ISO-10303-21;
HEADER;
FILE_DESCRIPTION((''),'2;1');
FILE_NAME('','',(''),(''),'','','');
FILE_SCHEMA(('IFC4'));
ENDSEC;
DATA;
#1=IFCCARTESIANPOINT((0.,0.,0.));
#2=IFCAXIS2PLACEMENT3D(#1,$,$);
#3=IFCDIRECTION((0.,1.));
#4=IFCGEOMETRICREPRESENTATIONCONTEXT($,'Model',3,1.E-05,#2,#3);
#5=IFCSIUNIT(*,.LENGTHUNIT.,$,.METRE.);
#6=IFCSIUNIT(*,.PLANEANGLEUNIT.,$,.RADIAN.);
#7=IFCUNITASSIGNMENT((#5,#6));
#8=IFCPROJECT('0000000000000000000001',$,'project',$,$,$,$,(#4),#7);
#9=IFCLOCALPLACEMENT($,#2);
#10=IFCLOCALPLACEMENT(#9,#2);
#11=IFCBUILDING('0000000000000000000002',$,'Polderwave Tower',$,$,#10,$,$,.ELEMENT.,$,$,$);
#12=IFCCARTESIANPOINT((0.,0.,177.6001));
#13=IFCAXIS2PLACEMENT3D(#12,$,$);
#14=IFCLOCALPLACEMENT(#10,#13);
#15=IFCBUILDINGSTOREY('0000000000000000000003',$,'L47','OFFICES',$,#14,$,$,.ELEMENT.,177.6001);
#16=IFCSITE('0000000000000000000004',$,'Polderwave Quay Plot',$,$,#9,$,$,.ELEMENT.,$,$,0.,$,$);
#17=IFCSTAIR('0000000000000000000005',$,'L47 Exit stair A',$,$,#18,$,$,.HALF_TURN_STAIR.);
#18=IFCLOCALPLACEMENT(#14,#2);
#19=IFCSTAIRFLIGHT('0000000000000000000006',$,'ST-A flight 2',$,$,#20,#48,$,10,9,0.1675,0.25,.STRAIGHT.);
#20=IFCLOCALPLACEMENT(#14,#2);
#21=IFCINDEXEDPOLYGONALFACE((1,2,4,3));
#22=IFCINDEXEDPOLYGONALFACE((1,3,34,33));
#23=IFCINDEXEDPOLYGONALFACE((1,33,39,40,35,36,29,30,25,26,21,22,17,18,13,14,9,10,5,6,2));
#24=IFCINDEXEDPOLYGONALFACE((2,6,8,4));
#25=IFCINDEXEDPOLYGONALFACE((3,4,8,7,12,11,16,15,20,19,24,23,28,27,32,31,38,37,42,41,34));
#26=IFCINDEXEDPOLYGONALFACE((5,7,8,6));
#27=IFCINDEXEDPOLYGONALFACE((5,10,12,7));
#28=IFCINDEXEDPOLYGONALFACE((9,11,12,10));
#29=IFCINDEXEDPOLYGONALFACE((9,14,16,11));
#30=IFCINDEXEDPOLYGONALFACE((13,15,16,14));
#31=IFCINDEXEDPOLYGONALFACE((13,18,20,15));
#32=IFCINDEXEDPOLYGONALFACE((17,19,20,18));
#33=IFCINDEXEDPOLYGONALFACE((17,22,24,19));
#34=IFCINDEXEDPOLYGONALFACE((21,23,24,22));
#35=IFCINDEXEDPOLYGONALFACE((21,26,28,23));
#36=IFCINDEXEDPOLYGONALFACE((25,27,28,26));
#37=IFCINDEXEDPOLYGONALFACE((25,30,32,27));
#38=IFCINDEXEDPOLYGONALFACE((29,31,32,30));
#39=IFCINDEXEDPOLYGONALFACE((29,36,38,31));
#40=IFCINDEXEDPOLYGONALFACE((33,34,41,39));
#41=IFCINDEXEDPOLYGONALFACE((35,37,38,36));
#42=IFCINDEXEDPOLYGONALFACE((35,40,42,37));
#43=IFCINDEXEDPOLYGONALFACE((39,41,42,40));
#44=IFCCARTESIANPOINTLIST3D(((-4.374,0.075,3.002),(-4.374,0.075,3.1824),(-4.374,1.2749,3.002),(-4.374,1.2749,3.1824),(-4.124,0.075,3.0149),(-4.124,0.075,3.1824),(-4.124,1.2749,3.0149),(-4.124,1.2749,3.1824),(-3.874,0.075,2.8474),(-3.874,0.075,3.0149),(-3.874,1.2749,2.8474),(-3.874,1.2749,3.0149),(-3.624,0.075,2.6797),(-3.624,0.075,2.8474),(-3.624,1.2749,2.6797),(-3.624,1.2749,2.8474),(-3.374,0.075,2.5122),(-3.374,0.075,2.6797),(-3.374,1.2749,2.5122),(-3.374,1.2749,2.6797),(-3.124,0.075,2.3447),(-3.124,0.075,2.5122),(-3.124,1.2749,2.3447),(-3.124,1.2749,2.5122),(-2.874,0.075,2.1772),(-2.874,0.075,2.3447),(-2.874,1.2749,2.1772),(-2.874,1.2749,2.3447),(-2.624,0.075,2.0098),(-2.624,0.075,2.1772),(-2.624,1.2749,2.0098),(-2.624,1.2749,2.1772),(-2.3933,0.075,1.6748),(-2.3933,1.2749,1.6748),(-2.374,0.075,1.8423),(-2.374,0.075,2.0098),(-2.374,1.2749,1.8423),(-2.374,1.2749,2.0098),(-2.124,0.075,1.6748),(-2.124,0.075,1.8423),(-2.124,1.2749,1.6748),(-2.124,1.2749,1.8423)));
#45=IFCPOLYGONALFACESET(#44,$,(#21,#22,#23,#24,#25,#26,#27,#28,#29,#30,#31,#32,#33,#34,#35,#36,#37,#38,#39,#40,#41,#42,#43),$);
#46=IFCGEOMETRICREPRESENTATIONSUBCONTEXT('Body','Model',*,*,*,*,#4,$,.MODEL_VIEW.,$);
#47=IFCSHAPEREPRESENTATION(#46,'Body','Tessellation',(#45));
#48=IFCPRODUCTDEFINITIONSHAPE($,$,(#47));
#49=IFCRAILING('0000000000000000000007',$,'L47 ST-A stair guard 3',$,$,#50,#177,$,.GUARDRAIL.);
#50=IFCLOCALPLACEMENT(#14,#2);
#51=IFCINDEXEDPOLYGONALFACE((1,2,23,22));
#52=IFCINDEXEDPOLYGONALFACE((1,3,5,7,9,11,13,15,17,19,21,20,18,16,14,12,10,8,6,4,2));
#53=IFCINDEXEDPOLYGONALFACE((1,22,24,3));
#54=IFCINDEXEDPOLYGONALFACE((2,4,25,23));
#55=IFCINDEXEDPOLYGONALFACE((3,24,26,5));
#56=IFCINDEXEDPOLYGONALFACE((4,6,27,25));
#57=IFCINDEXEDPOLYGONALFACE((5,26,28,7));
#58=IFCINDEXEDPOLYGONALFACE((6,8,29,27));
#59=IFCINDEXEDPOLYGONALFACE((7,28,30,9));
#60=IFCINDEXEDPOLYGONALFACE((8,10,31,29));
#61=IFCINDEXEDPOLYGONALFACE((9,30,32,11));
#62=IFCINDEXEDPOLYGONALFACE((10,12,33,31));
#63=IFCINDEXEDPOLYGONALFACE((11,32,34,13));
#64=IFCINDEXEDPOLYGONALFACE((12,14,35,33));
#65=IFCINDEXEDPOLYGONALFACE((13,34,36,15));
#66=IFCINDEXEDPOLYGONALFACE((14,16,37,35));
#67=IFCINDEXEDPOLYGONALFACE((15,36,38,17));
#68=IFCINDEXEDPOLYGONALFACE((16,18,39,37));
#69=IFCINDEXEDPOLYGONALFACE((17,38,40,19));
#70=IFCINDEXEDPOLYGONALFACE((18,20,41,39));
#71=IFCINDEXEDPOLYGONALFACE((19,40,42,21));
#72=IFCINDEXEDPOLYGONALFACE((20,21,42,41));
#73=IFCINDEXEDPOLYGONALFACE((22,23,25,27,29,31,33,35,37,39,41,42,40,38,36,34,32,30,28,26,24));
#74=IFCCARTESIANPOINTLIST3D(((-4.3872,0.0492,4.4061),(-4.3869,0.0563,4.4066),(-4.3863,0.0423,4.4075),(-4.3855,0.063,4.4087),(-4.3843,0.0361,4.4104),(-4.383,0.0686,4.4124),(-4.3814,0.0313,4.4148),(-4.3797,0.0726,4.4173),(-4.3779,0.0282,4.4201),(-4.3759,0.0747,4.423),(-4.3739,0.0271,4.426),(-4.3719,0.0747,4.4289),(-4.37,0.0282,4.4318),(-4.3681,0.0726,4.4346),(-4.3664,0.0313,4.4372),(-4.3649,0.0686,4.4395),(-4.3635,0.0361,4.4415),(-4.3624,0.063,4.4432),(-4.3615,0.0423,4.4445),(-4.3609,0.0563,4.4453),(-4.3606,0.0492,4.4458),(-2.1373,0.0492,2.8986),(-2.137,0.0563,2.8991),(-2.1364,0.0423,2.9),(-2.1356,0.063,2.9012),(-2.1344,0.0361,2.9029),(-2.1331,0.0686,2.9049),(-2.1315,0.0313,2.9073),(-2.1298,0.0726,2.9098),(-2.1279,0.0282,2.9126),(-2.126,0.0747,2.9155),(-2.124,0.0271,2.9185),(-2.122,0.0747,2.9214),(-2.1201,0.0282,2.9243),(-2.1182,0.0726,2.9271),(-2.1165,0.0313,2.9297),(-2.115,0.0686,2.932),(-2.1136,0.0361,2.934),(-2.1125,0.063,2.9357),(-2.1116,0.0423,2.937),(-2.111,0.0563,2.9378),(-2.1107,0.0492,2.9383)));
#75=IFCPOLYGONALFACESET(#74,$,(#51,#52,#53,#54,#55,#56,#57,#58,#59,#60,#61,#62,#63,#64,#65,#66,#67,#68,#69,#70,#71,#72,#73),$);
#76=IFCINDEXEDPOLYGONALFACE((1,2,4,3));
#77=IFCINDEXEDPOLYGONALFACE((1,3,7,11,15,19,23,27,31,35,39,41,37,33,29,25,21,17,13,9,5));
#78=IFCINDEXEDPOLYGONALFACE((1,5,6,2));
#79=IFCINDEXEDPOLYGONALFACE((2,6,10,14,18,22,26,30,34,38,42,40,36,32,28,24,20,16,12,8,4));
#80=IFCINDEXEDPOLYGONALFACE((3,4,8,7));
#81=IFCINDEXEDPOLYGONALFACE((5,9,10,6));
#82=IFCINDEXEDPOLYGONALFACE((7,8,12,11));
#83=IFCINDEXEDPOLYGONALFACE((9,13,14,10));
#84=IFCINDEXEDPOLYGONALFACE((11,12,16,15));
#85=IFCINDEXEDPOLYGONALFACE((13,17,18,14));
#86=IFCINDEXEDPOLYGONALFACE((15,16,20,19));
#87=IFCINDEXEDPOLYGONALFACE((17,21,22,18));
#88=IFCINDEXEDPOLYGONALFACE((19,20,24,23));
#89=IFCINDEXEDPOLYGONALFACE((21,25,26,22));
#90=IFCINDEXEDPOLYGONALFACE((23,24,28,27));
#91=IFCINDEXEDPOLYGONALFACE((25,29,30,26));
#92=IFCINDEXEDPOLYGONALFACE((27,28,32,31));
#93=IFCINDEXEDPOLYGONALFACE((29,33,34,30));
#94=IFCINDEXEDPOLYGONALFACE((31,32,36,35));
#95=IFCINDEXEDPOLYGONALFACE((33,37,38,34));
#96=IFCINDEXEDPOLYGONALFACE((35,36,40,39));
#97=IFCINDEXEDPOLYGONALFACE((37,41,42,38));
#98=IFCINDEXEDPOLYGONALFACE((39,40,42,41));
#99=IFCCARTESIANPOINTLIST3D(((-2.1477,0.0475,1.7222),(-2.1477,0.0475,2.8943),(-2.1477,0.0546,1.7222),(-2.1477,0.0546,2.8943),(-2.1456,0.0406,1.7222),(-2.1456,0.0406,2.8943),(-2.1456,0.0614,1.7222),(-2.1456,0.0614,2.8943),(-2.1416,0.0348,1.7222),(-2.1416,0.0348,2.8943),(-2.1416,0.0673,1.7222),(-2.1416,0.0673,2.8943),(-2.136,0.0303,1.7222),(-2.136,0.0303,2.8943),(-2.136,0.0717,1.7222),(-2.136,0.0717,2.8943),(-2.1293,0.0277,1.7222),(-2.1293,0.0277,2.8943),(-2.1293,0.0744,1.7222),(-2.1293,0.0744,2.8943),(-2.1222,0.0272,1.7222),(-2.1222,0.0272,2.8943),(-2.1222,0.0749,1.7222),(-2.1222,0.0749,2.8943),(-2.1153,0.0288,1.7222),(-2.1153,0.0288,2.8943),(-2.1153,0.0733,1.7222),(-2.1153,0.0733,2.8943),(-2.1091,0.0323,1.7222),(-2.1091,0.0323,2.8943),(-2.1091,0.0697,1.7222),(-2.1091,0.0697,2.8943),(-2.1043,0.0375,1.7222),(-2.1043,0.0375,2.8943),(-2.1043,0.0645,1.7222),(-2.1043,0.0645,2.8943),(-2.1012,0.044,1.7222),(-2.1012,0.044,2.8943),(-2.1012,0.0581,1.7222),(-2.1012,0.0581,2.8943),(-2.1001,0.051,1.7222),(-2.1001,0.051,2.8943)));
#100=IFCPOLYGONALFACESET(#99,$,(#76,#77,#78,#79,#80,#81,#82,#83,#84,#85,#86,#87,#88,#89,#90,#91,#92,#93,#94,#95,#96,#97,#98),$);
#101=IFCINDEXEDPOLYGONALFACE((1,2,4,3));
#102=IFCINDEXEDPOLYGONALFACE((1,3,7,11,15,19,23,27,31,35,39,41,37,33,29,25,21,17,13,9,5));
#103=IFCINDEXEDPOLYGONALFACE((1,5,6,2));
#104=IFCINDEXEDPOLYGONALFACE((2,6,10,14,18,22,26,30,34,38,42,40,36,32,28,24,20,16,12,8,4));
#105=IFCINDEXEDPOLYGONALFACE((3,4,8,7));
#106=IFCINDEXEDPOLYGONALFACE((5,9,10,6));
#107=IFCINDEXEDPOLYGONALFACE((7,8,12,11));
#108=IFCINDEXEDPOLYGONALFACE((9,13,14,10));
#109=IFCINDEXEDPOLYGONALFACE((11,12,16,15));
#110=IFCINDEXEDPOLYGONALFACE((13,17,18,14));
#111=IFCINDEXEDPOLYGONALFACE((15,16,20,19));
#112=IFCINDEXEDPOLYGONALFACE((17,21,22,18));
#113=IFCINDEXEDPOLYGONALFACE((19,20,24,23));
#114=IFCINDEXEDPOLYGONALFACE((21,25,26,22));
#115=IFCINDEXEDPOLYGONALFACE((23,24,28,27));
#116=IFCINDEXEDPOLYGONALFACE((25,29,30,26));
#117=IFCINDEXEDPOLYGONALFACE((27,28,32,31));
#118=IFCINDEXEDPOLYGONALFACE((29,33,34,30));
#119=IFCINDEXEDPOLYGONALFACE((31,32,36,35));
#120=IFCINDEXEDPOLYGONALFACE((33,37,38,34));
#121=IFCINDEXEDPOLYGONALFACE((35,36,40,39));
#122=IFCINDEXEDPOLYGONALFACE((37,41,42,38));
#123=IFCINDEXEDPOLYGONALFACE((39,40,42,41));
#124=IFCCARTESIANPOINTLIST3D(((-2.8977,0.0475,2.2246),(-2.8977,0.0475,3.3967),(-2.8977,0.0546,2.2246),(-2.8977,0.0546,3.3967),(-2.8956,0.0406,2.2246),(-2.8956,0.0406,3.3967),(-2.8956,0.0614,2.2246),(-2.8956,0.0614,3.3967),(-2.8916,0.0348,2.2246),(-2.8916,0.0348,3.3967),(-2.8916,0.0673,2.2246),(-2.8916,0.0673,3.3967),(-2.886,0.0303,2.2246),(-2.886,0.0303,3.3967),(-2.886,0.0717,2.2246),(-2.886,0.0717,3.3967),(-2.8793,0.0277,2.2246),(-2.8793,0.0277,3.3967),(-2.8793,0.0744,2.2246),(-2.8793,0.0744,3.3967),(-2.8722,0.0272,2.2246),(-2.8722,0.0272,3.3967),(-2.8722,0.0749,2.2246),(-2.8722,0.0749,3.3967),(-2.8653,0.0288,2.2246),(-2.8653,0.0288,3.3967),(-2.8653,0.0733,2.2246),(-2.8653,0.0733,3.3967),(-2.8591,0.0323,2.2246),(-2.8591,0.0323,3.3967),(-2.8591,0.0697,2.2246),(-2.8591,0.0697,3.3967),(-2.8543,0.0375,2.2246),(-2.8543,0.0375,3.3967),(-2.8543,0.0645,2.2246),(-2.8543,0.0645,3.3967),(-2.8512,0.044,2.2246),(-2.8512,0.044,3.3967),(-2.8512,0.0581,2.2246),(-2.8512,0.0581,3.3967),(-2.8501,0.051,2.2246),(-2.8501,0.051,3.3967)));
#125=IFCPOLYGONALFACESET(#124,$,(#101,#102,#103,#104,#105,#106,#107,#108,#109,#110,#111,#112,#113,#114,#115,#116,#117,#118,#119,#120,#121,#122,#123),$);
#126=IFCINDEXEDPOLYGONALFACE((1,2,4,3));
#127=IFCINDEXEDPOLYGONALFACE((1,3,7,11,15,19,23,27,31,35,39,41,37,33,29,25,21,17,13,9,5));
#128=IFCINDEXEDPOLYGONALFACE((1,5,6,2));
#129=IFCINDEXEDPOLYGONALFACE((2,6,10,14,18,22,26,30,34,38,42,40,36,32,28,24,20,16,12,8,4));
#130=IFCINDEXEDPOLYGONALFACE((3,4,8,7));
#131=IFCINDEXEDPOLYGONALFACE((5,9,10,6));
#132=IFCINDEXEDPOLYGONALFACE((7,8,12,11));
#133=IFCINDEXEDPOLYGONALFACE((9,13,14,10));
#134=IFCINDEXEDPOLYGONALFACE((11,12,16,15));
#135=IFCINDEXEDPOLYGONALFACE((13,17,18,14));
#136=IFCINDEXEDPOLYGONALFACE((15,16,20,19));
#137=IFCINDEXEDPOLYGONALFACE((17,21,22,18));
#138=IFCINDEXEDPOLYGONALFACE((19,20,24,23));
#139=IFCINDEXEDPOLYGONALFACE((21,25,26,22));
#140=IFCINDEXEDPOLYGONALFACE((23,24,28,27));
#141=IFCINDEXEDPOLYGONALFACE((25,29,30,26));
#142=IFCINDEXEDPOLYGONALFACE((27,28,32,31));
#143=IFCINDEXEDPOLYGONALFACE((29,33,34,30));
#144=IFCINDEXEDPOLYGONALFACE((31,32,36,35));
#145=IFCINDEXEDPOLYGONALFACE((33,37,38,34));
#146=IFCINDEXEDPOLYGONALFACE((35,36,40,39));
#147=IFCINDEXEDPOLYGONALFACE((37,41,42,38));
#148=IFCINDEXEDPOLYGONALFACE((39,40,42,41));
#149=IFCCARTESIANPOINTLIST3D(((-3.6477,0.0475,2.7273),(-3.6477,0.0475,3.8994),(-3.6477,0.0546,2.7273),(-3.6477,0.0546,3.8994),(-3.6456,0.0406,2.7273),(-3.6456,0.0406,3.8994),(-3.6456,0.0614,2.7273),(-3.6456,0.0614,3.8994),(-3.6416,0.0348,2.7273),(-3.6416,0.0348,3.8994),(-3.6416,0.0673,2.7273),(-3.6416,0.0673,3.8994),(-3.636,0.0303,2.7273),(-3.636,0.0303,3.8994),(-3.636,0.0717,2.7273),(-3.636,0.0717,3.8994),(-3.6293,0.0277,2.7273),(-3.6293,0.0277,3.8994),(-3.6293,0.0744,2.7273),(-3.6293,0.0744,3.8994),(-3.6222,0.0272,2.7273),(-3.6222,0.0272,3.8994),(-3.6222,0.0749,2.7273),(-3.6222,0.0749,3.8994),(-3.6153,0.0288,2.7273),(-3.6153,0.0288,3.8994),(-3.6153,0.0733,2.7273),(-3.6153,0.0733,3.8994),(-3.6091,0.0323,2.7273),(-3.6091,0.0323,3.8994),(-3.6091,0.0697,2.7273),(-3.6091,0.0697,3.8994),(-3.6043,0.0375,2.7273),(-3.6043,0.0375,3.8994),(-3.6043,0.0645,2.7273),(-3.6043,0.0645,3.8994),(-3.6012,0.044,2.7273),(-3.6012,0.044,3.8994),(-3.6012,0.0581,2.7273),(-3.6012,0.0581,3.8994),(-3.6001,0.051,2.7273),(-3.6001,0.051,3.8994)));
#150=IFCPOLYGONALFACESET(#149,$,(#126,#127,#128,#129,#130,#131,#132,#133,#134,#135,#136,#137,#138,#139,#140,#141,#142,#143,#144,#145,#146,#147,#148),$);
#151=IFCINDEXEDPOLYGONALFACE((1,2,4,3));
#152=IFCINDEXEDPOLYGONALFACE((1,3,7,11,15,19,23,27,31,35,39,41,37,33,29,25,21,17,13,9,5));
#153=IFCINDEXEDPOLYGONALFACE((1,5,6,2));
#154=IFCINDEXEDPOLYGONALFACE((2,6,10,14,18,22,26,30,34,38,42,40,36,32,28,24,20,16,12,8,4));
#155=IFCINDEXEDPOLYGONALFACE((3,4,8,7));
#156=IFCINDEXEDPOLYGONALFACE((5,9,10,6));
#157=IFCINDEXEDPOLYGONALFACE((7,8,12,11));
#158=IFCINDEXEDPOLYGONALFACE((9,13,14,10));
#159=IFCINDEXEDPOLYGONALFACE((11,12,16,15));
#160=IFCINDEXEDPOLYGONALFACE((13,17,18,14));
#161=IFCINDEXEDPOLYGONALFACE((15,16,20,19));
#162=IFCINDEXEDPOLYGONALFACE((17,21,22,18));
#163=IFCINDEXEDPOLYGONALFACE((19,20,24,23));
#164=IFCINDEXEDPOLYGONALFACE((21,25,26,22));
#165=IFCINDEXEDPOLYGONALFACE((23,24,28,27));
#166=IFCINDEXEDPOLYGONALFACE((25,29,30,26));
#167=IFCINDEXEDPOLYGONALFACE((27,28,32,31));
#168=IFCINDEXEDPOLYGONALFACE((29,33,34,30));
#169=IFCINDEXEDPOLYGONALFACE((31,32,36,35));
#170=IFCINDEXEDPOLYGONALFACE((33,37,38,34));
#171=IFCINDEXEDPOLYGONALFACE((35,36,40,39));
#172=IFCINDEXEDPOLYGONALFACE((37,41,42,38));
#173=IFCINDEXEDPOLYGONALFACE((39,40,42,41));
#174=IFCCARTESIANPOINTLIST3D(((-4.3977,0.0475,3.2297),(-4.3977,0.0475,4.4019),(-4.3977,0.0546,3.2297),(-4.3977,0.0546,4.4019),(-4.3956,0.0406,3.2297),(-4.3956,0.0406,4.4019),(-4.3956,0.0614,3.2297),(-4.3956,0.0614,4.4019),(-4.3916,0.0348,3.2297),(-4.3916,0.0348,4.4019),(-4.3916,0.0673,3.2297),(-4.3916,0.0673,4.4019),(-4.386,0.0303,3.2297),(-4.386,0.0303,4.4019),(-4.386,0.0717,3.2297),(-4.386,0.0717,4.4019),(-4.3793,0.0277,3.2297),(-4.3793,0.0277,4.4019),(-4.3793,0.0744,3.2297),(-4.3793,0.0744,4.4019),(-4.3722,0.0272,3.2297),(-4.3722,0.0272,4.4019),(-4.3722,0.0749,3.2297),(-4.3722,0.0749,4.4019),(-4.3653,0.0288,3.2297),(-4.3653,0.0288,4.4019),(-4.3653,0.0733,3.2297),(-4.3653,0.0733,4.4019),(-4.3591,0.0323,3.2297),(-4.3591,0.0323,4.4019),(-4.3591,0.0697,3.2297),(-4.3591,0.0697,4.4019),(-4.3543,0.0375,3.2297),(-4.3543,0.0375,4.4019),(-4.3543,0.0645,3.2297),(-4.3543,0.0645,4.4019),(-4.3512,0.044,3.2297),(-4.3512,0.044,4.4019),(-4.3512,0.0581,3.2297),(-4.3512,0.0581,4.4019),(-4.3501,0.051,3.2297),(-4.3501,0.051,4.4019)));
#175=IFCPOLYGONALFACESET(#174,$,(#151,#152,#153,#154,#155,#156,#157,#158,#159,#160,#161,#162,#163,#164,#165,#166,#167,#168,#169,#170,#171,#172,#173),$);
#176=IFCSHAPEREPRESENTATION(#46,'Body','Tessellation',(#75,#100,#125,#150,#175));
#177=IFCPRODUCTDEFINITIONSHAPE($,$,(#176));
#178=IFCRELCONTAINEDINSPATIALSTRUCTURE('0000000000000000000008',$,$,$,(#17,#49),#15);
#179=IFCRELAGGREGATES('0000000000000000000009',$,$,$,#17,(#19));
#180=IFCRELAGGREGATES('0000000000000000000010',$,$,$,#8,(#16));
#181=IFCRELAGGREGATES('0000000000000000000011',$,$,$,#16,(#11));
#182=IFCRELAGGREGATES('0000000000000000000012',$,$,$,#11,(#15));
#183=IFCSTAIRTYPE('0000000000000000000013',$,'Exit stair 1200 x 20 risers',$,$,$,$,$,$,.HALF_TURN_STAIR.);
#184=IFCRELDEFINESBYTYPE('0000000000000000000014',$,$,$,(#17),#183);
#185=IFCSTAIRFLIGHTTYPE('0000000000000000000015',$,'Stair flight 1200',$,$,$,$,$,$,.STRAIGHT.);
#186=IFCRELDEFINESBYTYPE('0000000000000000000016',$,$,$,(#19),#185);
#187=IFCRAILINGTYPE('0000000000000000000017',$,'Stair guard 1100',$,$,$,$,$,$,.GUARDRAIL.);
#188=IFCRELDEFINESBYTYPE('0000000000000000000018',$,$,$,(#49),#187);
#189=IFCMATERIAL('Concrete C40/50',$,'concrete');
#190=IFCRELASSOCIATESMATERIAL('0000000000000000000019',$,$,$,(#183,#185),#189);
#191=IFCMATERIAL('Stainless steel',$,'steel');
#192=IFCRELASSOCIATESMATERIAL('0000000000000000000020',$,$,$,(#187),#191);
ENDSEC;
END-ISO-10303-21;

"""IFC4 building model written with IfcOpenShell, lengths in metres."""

from ifc_helpers import new_model, si_unit, direction, frame, origin, origin_2d, place, context, subcontext, project, spatial, polyline, circle, outline, extrude, material, type_object, element, aggregate, save


model = new_model("IFC4")

# Units and contexts
model_context = context("Model", 3, precision=1e-05, world=origin(), true_north=direction((0.0, 1.0)))
body_context = subcontext(model_context, "Body", "Model", "MODEL_VIEW")
ifc_project = project(units=[si_unit("LENGTHUNIT", "METRE"), si_unit("PLANEANGLEUNIT", "RADIAN")], contexts=[model_context])

# Site, building, storey
site_placement = place(None, origin())
site = spatial("IfcSite", under=ifc_project, at=site_placement, Name="Polderwave Quay Plot", CompositionType="ELEMENT", RefElevation=0.0)
building_placement = place(site_placement, origin())
building = spatial("IfcBuilding", under=site, at=building_placement, Name="Polderwave Tower", CompositionType="ELEMENT")
storey_placement = place(building_placement, frame((0.0, 0.0, 177.6001)))
storey = spatial("IfcBuildingStorey", under=building, at=storey_placement, Name="L47", Description="OFFICES", CompositionType="ELEMENT", Elevation=177.6001)

# Shared definitions
ifc_material_1 = material(Name="Concrete C40/50", Category="concrete")

# Stair
stair_type = type_object("IfcStairType", Name="Exit stair 1200 x 20 risers", PredefinedType="HALF_TURN_STAIR", material=ifc_material_1)
stair_1_placement = place(storey_placement, origin())
stair_1 = element("IfcStair", 1, at=stair_1_placement, inside=storey, type_object=stair_type, Name="L47 Exit stair A", PredefinedType="HALF_TURN_STAIR")

# Shared definitions
ifc_material_2 = material(Name="Stainless steel", Category="steel")

# Stair flight
stair_flight_type = type_object("IfcStairFlightType", Name="Stair flight 1200", PredefinedType="STRAIGHT", material=ifc_material_1)
stair_flight_placement = place(storey_placement, frame((-2.124, 0.675, 1.6748), z_axis=(0.0, 0.0, 1.0), x_axis=(-1.0, 0.0, 0.0)))
stair_flight = element("IfcStairFlight", 2, at=stair_flight_placement, type_object=stair_flight_type, Name="ST-A flight 2", NumberOfRisers=10, NumberOfTreads=9, PredefinedType="STRAIGHT", RiserHeight=0.1675, TreadLength=0.25, context=body_context, shape_type="SweptSolid", body=[
    extrude(outline(polyline([(0.0, 0.0), (0.0, 0.1675), (0.25, 0.1675), (0.25, 0.335), (0.5, 0.335), (0.5, 0.5024), (0.75, 0.5024), (0.75, 0.6699), (1.0, 0.6699), (1.0, 0.8374), (1.25, 0.8374), (1.25, 1.0049), (1.5, 1.0049), (1.5, 1.1726), (1.75, 1.1726), (1.75, 1.3401), (2.0, 1.3401), (2.0, 1.5076), (2.25, 1.5076), (2.25, 1.675), (2.25, 1.3271), (0.2693, 0.0), (0.0, 0.0)])), frame((0.0, 0.6001, 0.0), z_axis=(0.0, -1.0, 0.0), x_axis=(1.0, 0.0, 0.0)), (0.0, 0.0, 1.0), 1.2),
])
aggregate(stair_1, [stair_flight])

# Railing
railing_type_1 = type_object("IfcRailingType", Name="Stair guard 1100", PredefinedType="GUARDRAIL", material=ifc_material_2)
railing_1_placement = place(storey_placement, frame((-2.124, 0.051, 1.7222)))
element("IfcRailing", 3, at=railing_1_placement, inside=storey, type_object=railing_type_1, Name="L47 ST-A stair guard 3", PredefinedType="GUARDRAIL", context=body_context, shape_type="SweptSolid", body=[
    extrude(circle(Radius=0.0239, at=origin_2d()), frame((0.0, 0.0, 1.1963), z_axis=(-0.830758, 0.0, 0.556633), x_axis=(0.0, -1.0, 0.0)), (0.0, 0.0, 1.0), 2.7083),
    extrude(circle(Radius=0.0239, at=origin_2d()), origin(), (0.0, 0.0, 1.0), 1.1721),
    extrude(circle(Radius=0.0239, at=origin_2d()), frame((-0.75, 0.0, 0.5024)), (0.0, 0.0, 1.0), 1.1721),
    extrude(circle(Radius=0.0239, at=origin_2d()), frame((-1.5, 0.0, 1.0051)), (0.0, 0.0, 1.0), 1.1721),
    extrude(circle(Radius=0.0239, at=origin_2d()), frame((-2.25, 0.0, 1.5076)), (0.0, 0.0, 1.0), 1.1721),
])

save(model, "model.ifc")
